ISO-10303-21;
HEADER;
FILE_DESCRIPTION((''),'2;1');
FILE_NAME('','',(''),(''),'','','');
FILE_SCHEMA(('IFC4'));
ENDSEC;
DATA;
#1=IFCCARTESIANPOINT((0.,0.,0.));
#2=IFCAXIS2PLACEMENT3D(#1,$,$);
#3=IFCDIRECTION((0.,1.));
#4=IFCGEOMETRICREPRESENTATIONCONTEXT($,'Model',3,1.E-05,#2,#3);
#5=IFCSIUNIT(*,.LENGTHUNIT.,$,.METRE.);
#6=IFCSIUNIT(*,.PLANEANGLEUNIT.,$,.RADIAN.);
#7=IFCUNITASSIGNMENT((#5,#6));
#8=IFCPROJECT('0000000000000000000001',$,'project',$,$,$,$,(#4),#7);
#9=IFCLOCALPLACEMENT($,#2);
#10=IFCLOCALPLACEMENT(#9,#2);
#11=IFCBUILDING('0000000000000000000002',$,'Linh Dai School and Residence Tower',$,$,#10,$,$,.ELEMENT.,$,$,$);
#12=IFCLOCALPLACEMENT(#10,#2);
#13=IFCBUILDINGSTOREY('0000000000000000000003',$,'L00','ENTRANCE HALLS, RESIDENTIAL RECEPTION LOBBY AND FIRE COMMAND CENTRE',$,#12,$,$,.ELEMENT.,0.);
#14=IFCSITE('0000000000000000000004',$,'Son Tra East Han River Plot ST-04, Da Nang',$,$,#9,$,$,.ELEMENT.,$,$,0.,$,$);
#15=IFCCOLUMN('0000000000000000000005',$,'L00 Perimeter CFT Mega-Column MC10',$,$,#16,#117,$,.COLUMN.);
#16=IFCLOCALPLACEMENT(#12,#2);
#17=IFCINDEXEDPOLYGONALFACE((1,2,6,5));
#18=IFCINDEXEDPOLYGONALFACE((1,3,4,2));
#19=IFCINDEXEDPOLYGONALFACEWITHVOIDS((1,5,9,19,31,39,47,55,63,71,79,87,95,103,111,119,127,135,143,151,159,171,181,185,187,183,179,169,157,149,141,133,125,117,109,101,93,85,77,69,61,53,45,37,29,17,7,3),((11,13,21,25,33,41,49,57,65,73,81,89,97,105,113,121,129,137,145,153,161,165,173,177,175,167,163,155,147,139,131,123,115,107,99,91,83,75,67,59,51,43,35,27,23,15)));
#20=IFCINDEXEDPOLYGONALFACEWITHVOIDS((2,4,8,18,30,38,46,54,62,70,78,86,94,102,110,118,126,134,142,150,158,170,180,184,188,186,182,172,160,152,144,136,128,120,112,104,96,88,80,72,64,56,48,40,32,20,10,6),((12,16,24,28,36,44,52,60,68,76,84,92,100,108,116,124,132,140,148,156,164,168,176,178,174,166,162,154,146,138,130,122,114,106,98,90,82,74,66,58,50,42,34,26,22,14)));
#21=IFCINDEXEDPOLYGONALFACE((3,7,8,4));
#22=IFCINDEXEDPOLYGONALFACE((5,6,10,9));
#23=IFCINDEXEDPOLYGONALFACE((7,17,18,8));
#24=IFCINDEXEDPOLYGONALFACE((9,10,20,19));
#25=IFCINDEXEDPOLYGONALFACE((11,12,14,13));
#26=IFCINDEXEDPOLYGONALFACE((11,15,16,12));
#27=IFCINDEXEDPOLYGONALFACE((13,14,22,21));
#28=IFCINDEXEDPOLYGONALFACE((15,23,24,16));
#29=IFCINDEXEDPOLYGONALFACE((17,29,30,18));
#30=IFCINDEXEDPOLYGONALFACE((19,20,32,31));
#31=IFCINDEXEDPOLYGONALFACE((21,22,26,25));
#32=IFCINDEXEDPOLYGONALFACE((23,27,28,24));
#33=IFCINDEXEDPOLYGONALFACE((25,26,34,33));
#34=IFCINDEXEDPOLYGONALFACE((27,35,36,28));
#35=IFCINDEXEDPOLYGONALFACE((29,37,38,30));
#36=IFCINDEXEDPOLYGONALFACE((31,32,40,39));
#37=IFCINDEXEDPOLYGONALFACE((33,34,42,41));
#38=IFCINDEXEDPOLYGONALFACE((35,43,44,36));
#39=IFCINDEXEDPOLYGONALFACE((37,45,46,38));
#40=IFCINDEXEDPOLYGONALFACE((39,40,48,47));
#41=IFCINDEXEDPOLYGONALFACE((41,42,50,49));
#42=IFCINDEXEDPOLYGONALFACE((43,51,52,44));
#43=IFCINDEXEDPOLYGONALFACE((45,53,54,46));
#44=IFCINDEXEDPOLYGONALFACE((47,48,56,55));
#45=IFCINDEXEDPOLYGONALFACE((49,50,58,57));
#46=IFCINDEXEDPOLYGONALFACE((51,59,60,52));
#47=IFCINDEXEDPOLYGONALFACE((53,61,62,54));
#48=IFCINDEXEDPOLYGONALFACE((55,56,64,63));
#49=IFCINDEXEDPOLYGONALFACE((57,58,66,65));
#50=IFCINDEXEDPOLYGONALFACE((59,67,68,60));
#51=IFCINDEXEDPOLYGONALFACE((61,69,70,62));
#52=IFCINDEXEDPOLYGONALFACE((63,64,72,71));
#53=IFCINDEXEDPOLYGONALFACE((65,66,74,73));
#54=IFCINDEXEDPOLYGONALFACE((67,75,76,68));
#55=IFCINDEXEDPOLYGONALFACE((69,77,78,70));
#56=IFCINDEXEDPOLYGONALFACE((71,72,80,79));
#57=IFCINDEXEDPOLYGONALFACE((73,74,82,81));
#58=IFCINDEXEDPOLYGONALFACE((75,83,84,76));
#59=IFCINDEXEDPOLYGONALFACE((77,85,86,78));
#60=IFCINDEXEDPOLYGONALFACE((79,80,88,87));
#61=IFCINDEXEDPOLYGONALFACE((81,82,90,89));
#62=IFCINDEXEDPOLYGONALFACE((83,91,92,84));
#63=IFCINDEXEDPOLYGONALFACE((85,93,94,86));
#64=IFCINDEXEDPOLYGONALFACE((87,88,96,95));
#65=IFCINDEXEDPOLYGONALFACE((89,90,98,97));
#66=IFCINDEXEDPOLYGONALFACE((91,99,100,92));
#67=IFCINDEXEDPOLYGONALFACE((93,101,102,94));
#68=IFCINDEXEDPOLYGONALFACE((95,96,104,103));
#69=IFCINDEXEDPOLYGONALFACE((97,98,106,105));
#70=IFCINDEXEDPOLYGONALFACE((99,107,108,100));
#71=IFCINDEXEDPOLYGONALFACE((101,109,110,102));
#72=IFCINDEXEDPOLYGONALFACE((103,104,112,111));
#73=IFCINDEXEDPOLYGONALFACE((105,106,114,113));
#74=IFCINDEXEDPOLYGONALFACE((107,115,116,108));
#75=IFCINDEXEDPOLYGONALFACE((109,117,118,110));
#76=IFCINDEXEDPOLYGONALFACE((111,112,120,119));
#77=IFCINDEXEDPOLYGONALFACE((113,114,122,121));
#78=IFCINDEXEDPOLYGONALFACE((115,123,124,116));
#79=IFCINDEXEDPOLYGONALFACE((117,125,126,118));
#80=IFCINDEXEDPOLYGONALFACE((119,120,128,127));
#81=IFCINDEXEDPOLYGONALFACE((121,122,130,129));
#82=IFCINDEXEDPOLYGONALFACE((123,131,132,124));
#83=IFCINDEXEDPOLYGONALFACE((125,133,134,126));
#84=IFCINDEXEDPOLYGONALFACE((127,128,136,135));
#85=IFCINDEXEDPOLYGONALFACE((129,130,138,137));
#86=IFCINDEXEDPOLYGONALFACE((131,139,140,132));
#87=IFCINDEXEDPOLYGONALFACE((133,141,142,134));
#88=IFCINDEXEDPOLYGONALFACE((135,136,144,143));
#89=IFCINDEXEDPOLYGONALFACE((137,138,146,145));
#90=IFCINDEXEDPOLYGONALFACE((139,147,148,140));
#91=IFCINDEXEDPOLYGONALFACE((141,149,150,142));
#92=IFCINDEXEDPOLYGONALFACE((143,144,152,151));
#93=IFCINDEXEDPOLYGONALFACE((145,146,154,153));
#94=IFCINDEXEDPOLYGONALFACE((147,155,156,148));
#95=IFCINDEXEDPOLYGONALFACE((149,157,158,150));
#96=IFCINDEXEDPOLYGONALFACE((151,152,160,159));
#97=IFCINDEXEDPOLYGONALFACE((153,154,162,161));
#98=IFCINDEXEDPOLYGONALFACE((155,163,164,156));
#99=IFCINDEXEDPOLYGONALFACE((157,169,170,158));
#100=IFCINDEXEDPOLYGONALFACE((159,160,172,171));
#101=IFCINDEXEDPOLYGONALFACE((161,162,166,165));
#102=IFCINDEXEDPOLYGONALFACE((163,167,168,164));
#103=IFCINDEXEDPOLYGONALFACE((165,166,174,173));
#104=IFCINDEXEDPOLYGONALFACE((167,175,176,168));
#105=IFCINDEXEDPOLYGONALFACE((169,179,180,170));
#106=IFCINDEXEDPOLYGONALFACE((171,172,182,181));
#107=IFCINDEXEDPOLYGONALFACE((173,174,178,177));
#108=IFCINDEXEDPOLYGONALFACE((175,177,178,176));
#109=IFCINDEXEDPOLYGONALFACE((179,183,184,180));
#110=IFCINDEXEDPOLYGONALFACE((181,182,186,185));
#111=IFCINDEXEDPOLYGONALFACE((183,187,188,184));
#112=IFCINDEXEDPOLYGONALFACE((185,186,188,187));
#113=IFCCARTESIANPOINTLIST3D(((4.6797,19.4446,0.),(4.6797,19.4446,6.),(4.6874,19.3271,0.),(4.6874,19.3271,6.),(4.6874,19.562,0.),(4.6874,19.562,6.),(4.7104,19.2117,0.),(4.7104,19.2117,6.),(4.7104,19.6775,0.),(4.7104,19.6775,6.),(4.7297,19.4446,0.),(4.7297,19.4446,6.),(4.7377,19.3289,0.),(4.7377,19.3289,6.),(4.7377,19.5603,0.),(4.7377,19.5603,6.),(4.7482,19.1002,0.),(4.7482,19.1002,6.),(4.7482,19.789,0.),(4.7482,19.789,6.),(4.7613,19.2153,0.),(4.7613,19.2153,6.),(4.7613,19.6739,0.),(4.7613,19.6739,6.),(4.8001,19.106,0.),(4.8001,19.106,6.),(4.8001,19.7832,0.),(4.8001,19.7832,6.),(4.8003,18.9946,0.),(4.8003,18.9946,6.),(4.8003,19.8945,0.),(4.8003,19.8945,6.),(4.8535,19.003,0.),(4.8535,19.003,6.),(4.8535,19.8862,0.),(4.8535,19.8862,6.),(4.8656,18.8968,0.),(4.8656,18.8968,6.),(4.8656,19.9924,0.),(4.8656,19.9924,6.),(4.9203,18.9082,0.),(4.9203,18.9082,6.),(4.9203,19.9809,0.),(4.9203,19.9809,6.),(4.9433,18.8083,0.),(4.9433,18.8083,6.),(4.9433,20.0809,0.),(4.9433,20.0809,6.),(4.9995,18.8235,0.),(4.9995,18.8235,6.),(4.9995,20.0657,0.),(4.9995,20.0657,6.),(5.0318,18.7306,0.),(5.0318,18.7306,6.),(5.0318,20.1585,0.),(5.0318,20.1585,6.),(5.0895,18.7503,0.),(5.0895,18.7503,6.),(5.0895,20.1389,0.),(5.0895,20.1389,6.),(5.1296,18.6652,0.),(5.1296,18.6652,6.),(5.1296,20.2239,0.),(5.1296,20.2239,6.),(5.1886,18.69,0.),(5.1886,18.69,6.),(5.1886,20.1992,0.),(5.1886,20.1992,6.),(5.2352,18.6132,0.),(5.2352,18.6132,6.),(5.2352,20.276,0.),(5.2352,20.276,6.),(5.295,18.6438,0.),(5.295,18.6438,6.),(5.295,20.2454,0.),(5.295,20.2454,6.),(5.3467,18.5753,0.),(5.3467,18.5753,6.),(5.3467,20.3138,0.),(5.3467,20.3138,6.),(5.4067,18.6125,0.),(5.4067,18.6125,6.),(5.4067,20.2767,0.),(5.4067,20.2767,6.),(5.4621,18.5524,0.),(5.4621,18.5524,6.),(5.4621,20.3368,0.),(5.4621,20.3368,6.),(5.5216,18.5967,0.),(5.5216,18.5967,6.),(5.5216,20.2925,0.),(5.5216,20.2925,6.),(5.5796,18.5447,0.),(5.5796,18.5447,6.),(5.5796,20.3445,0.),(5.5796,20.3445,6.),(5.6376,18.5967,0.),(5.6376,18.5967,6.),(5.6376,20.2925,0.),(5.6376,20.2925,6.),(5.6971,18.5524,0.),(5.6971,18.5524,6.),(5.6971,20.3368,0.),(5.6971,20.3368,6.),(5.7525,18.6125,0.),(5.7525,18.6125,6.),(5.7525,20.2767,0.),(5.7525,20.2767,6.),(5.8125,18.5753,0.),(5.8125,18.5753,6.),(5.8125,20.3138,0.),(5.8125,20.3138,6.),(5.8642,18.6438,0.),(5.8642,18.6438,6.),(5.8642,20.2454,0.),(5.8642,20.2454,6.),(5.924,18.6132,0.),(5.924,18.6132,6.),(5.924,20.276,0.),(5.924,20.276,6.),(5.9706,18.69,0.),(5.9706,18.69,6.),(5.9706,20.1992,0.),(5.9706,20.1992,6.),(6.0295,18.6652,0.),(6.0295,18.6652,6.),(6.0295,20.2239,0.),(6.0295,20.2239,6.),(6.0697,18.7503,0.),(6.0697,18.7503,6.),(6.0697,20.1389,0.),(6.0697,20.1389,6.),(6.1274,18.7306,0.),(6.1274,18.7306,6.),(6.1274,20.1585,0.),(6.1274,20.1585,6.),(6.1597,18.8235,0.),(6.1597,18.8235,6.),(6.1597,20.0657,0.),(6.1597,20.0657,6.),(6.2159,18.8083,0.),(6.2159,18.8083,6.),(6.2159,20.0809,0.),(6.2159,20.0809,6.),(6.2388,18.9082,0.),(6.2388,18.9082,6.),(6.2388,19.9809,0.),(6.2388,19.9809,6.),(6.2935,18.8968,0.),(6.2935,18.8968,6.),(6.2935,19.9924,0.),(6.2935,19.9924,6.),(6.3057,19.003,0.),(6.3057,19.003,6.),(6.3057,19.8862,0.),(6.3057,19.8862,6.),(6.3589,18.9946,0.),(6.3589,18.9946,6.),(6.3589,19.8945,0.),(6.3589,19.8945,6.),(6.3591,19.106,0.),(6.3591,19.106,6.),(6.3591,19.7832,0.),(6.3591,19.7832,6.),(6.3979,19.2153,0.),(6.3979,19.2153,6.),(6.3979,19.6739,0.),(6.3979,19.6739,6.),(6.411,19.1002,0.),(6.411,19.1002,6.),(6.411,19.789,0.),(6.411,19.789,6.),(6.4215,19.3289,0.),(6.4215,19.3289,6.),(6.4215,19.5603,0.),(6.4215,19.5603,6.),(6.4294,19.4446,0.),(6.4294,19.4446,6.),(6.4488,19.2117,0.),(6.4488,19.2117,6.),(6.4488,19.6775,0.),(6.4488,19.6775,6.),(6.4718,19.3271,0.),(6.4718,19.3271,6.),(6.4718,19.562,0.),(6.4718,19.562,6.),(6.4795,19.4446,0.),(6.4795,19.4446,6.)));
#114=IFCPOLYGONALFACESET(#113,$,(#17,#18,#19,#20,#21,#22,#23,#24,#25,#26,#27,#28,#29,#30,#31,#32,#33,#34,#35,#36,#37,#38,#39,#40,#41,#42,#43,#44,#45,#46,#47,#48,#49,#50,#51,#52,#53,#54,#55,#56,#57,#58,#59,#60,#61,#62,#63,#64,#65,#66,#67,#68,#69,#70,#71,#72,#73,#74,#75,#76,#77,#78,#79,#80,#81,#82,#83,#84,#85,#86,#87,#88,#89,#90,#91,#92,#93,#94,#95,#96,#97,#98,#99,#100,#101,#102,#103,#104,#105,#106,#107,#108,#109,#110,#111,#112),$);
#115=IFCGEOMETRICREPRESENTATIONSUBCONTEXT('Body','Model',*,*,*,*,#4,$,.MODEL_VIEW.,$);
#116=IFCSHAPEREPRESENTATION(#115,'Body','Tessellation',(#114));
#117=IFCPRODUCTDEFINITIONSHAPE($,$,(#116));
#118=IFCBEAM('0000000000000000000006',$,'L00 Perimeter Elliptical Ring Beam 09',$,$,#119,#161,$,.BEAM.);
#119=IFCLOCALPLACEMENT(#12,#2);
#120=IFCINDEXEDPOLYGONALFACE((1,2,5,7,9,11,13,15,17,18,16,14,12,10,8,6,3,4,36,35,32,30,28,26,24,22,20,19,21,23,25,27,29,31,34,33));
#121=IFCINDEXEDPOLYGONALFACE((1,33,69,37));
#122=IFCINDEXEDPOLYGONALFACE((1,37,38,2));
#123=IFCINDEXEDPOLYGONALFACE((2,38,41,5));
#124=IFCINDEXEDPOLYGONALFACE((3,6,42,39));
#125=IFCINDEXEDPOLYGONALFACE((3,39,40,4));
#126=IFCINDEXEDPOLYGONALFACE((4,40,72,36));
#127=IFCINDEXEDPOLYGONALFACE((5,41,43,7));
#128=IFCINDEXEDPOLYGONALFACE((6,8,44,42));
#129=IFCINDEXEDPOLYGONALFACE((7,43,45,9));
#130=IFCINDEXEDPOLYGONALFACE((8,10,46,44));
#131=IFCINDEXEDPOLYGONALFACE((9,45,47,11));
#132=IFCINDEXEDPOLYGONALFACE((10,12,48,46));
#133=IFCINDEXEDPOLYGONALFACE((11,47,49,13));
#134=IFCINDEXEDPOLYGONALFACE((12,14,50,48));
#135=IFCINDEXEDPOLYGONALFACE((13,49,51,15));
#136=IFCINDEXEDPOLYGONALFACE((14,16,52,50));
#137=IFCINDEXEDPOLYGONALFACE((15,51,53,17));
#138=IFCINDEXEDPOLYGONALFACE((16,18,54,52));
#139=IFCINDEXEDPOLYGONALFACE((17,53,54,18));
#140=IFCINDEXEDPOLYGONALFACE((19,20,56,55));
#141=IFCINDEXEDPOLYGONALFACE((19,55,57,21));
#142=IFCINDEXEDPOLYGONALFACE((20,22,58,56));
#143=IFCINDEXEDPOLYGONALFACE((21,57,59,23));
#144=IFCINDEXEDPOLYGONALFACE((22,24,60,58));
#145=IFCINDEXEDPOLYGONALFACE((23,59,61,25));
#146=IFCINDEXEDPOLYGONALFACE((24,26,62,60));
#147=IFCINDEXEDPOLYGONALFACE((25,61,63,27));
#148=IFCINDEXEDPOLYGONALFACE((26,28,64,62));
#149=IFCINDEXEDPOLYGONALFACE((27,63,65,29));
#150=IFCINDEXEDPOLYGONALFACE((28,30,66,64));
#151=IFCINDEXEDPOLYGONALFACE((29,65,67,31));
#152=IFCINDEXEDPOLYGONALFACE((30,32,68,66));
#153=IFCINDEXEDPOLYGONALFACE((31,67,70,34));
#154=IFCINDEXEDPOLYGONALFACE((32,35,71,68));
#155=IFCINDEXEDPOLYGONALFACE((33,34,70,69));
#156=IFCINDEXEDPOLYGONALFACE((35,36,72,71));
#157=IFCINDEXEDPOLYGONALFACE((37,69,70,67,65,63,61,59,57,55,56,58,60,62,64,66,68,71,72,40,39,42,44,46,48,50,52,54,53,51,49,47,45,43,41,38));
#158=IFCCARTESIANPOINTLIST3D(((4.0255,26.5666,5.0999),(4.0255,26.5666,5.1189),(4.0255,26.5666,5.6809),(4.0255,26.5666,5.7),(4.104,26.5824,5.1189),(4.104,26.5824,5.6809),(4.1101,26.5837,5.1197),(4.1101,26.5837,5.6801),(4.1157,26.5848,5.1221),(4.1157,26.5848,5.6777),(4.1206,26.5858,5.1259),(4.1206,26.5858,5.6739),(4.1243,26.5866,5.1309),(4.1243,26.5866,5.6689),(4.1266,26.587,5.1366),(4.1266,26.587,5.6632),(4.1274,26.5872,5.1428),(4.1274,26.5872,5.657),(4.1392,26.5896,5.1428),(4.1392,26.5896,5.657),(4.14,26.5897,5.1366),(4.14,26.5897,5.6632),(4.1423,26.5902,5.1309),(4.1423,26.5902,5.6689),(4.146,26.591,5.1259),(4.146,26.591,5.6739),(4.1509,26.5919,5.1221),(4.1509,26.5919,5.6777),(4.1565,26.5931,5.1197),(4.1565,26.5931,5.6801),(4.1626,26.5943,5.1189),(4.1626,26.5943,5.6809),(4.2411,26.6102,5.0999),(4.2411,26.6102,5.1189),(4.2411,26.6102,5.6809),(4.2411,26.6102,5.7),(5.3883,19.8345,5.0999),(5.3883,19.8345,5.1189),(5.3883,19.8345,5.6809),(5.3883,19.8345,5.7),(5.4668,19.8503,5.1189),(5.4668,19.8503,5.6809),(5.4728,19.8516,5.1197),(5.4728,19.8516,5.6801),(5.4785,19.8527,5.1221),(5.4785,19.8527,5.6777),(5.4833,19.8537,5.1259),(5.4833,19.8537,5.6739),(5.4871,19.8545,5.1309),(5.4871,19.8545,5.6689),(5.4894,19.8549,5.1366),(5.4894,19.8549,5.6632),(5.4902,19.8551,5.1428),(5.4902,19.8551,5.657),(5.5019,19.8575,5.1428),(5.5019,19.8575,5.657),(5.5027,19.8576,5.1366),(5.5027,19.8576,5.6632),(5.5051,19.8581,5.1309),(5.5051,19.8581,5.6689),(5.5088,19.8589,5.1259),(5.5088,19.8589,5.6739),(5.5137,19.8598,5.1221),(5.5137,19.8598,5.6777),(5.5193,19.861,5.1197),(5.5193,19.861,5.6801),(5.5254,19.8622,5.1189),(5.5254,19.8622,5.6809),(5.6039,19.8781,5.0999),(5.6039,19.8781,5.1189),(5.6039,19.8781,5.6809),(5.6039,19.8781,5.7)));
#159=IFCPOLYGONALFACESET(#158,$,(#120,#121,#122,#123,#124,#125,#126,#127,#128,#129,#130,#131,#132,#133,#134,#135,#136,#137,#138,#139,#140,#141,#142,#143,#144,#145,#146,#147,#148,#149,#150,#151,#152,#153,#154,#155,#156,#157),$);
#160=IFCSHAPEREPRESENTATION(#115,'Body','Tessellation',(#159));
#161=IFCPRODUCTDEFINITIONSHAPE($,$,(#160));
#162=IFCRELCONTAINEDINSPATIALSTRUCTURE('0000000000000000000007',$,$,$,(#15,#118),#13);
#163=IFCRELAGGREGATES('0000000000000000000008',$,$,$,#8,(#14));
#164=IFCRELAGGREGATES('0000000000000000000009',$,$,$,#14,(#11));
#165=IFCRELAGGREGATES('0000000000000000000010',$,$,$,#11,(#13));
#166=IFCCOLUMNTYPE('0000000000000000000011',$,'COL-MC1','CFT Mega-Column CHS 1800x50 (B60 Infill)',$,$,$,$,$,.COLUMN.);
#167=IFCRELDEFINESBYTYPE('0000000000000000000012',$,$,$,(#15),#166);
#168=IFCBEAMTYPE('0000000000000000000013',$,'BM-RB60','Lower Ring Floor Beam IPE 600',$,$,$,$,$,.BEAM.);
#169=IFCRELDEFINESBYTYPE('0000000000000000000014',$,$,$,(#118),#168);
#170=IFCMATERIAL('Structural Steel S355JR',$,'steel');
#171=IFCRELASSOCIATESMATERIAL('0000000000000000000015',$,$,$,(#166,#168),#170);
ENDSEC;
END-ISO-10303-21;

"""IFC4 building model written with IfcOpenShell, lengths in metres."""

from ifc_helpers import new_model, si_unit, direction, frame, origin, origin_2d, place, context, subcontext, project, spatial, hollow_circle, i_section, extrude, material, material_profile, profile_set, type_object, element, save


model = new_model("IFC4")

# Units and contexts
model_context = context("Model", 3, precision=1e-05, world=origin(), true_north=direction((0.0, 1.0)))
body_context = subcontext(model_context, "Body", "Model", "MODEL_VIEW")
ifc_project = project(units=[si_unit("LENGTHUNIT", "METRE"), si_unit("PLANEANGLEUNIT", "RADIAN")], contexts=[model_context])

# Site, building, storey
site_placement = place(None, origin())
site = spatial("IfcSite", under=ifc_project, at=site_placement, Name="Son Tra East Han River Plot ST-04, Da Nang", CompositionType="ELEMENT", RefElevation=0.0)
building_placement = place(site_placement, origin())
building = spatial("IfcBuilding", under=site, at=building_placement, Name="Linh Dai School and Residence Tower", CompositionType="ELEMENT")
storey_placement = place(building_placement, origin())
storey = spatial("IfcBuildingStorey", under=building, at=storey_placement, Name="L00", Description="ENTRANCE HALLS, RESIDENTIAL RECEPTION LOBBY AND FIRE COMMAND CENTRE", CompositionType="ELEMENT", Elevation=0.0)

# Column
ifc_material_1 = material(Name="Structural Steel S355JR", Category="steel")
ifc_material_profile_1 = material_profile(ifc_material_1, hollow_circle(Radius=0.8999, WallThickness=0.05, at=origin_2d()), Name="CHS 1800x50")
ifc_profile_set_1 = profile_set([ifc_material_profile_1], Name="Structural Steel S355JR")
column_type = type_object("IfcColumnType", Name="COL-MC1", Description="CFT Mega-Column CHS 1800x50 (B60 Infill)", PredefinedType="COLUMN", material=ifc_profile_set_1)
for number, where, z_axis, x_axis, name in (
    (1, (5.5796, 19.4446, 0.0), (0.0, 0.0, 1.0), (1.0, 0.0, 0.0), "L00 Perimeter CFT Mega-Column MC10"),
):
    element("IfcColumn", number, at=place(storey_placement, frame(where, z_axis=z_axis, x_axis=x_axis)), inside=storey, type_object=column_type, Name=name, PredefinedType="COLUMN", context=body_context, shape_type="SweptSolid", body=[
        extrude(hollow_circle(Radius=0.8999, WallThickness=0.05, at=origin_2d()), origin(), (0.0, 0.0, 1.0), 6.0),
    ])

# Beam
ifc_material_profile_2 = material_profile(ifc_material_1, i_section(OverallWidth=0.22, OverallDepth=0.6001, WebThickness=0.012, FlangeThickness=0.019, FilletRadius=0.0239, at=origin_2d()), Name="IPE 600")
ifc_profile_set_2 = profile_set([ifc_material_profile_2], Name="Structural Steel S355JR")
beam_type_1 = type_object("IfcBeamType", Name="BM-RB60", Description="Lower Ring Floor Beam IPE 600", PredefinedType="BEAM", material=ifc_profile_set_2)
beam_1_placement = place(storey_placement, frame((4.1333, 26.5884, 5.3999), z_axis=(0.198405, -0.98012, 0.0), x_axis=(0.98012, 0.198405, 0.0)))
element("IfcBeam", 2, at=beam_1_placement, inside=storey, type_object=beam_type_1, Name="L00 Perimeter Elliptical Ring Beam 09", PredefinedType="BEAM", context=body_context, shape_type="SweptSolid", body=[
    extrude(i_section(OverallWidth=0.22, OverallDepth=0.6001, WebThickness=0.012, FlangeThickness=0.019, FilletRadius=0.0239, at=origin_2d()), origin(), (0.0, 0.0, 1.0), 6.8687),
])

save(model, "model.ifc")
